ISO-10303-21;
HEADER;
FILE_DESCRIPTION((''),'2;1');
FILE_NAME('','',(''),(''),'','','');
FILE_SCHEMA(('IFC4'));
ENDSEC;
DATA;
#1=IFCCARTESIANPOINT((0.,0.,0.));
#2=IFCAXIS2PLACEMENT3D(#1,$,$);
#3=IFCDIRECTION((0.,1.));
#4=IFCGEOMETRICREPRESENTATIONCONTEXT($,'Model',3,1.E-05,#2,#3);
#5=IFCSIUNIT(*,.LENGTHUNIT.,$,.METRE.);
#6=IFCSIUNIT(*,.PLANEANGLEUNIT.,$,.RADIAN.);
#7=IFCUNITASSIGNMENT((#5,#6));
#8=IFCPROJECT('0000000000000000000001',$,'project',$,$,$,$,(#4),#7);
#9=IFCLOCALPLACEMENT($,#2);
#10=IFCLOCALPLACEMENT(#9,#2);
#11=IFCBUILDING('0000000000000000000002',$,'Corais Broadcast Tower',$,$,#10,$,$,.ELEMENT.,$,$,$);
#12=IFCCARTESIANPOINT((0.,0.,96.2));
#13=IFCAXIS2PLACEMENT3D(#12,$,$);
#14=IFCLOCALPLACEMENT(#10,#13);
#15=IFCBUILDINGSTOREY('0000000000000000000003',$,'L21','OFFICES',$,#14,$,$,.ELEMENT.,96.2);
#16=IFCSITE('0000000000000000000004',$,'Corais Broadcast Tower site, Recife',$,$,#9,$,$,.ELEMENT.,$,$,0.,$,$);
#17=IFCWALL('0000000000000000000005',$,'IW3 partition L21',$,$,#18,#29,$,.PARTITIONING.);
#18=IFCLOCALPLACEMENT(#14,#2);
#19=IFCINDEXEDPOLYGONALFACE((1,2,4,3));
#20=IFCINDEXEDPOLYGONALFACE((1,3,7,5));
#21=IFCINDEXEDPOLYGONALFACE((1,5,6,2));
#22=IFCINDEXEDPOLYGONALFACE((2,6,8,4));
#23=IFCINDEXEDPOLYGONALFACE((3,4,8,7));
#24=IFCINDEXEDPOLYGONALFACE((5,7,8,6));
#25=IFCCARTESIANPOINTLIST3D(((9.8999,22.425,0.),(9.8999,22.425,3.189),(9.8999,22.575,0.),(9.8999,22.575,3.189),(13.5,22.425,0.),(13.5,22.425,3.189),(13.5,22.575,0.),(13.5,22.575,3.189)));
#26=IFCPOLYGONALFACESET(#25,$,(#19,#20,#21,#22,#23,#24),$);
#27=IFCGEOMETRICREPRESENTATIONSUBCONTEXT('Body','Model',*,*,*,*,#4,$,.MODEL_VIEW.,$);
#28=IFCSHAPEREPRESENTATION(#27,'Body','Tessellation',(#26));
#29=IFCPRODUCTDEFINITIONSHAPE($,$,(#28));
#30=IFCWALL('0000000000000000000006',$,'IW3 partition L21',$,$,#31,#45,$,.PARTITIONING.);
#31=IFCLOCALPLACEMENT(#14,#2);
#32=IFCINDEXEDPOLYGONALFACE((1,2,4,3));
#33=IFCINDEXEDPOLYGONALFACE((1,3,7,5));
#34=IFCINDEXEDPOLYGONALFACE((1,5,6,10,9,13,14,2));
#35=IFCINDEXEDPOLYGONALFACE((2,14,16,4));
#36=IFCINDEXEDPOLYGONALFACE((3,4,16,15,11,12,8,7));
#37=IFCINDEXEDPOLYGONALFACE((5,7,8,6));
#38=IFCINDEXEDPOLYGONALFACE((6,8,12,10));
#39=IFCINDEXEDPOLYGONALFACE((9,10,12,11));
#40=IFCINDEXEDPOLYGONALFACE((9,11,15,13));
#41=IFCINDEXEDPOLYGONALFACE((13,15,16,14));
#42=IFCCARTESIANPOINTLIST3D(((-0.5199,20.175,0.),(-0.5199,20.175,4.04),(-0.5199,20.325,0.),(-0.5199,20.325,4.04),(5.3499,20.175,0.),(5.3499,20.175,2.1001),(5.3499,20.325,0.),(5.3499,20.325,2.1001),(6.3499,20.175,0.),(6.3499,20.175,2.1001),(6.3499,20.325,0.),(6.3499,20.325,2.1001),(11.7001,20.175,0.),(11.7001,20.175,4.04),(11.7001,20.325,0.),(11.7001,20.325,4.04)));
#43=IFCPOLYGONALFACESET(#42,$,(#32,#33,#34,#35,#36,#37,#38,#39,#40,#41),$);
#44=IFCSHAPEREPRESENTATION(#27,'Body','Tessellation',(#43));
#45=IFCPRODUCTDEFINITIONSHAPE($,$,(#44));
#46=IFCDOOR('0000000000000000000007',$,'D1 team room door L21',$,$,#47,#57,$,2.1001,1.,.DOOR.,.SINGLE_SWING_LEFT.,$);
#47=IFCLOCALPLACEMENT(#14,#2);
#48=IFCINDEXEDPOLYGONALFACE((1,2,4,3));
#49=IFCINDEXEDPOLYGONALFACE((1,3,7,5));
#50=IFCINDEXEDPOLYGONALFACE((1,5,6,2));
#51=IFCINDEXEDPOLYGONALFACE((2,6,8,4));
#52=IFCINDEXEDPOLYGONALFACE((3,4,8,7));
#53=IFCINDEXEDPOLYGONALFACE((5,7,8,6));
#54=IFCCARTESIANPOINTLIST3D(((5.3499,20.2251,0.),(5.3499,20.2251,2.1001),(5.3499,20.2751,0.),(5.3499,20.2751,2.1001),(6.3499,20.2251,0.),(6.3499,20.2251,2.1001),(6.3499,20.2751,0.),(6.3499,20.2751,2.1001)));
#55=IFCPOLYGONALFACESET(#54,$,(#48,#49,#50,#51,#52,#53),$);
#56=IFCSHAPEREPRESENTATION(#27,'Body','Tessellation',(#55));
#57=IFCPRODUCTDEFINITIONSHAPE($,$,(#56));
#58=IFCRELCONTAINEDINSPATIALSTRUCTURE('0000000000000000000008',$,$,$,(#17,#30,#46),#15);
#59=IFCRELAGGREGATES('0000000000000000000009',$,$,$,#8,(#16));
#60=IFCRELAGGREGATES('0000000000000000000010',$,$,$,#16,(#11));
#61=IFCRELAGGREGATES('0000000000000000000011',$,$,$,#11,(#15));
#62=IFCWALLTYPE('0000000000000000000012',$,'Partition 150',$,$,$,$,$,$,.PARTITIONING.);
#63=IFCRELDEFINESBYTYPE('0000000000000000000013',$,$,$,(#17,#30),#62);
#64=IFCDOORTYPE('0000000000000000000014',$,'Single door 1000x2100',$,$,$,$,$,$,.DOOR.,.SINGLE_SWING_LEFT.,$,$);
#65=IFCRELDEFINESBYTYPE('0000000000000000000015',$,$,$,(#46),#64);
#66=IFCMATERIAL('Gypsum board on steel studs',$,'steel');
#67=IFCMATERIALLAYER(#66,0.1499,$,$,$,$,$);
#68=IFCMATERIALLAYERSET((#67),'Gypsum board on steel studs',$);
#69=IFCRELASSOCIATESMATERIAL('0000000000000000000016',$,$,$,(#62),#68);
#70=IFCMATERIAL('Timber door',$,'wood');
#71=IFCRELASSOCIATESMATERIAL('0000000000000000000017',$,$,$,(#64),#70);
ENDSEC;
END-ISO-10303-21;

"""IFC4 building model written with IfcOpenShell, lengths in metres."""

from ifc_helpers import new_model, si_unit, direction, frame, frame_2d, origin, place, context, subcontext, project, spatial, rectangle, extrude, material, layer, layer_set, type_object, element, fill, save


model = new_model("IFC4")

# Units and contexts
model_context = context("Model", 3, precision=1e-05, world=origin(), true_north=direction((0.0, 1.0)))
body_context = subcontext(model_context, "Body", "Model", "MODEL_VIEW")
ifc_project = project(units=[si_unit("LENGTHUNIT", "METRE"), si_unit("PLANEANGLEUNIT", "RADIAN")], contexts=[model_context])

# Site, building, storey
site_placement = place(None, origin())
site = spatial("IfcSite", under=ifc_project, at=site_placement, Name="Corais Broadcast Tower site, Recife", CompositionType="ELEMENT", RefElevation=0.0)
building_placement = place(site_placement, origin())
building = spatial("IfcBuilding", under=site, at=building_placement, Name="Corais Broadcast Tower", CompositionType="ELEMENT")
storey_placement = place(building_placement, frame((0.0, 0.0, 96.2)))
storey = spatial("IfcBuildingStorey", under=building, at=storey_placement, Name="L21", Description="OFFICES", CompositionType="ELEMENT", Elevation=96.2)

# Wall
ifc_material_1 = material(Name="Gypsum board on steel studs", Category="steel")
ifc_layer_1 = layer(ifc_material_1, 0.1499)
ifc_layer_set_1 = layer_set([ifc_layer_1], Name="Gypsum board on steel studs")
wall_type = type_object("IfcWallType", Name="Partition 150", PredefinedType="PARTITIONING", material=ifc_layer_set_1)
wall_1_placement = place(storey_placement, frame((9.8999, 22.5, 0.0), z_axis=(0.0, 0.0, 1.0), x_axis=(1.0, 0.0, 0.0)))
element("IfcWall", 1, at=wall_1_placement, inside=storey, type_object=wall_type, Name="IW3 partition L21", PredefinedType="PARTITIONING", context=body_context, shape_type="SweptSolid", body=[
    extrude(rectangle(XDim=3.6001, YDim=0.1499, at=frame_2d((1.8, 0.0))), origin(), (0.0, 0.0, 1.0), 3.189),
])

# Wall, opening, door
wall_2_placement = place(storey_placement, frame((11.7, 20.25, 0.0), z_axis=(0.0, 0.0, 1.0), x_axis=(-1.0, 0.0, 0.0)))
wall_2 = element("IfcWall", 2, at=wall_2_placement, inside=storey, type_object=wall_type, Name="IW3 partition L21", PredefinedType="PARTITIONING", context=body_context, shape_type="SweptSolid", body=[
    extrude(rectangle(XDim=12.22, YDim=0.1499, at=frame_2d((6.1099, 0.0))), origin(), (0.0, 0.0, 1.0), 4.04),
])
opening_placement = place(wall_2_placement, frame((5.3501, 0.0, 0.0)))
opening = element("IfcOpeningElement", 3, at=opening_placement, cuts=wall_2, PredefinedType="OPENING", context=body_context, shape_type="SweptSolid", body=[
    extrude(rectangle(XDim=1.0, YDim=2.1001, at=frame_2d((0.5, 1.05))), frame((0.0, 0.085, 0.0), z_axis=(0.0, -1.0, 0.0), x_axis=(1.0, 0.0, 0.0)), (0.0, 0.0, 1.0), 0.1699),
])
ifc_material_2 = material(Name="Timber door", Category="wood")
door_type = type_object("IfcDoorType", Name="Single door 1000x2100", OperationType="SINGLE_SWING_LEFT", PredefinedType="DOOR", material=ifc_material_2)
door_placement = place(opening_placement, origin())
door = element("IfcDoor", 4, at=door_placement, inside=storey, type_object=door_type, Name="D1 team room door L21", OperationType="SINGLE_SWING_LEFT", OverallHeight=2.1001, OverallWidth=1.0, PredefinedType="DOOR", context=body_context, shape_type="SweptSolid", body=[
    extrude(rectangle(XDim=1.0, YDim=2.1001, at=frame_2d((0.5, 1.05))), frame((0.0, 0.0249, 0.0), z_axis=(0.0, -1.0, 0.0), x_axis=(1.0, 0.0, 0.0)), (0.0, 0.0, 1.0), 0.05),
])
fill(opening, door)

save(model, "model.ifc")
